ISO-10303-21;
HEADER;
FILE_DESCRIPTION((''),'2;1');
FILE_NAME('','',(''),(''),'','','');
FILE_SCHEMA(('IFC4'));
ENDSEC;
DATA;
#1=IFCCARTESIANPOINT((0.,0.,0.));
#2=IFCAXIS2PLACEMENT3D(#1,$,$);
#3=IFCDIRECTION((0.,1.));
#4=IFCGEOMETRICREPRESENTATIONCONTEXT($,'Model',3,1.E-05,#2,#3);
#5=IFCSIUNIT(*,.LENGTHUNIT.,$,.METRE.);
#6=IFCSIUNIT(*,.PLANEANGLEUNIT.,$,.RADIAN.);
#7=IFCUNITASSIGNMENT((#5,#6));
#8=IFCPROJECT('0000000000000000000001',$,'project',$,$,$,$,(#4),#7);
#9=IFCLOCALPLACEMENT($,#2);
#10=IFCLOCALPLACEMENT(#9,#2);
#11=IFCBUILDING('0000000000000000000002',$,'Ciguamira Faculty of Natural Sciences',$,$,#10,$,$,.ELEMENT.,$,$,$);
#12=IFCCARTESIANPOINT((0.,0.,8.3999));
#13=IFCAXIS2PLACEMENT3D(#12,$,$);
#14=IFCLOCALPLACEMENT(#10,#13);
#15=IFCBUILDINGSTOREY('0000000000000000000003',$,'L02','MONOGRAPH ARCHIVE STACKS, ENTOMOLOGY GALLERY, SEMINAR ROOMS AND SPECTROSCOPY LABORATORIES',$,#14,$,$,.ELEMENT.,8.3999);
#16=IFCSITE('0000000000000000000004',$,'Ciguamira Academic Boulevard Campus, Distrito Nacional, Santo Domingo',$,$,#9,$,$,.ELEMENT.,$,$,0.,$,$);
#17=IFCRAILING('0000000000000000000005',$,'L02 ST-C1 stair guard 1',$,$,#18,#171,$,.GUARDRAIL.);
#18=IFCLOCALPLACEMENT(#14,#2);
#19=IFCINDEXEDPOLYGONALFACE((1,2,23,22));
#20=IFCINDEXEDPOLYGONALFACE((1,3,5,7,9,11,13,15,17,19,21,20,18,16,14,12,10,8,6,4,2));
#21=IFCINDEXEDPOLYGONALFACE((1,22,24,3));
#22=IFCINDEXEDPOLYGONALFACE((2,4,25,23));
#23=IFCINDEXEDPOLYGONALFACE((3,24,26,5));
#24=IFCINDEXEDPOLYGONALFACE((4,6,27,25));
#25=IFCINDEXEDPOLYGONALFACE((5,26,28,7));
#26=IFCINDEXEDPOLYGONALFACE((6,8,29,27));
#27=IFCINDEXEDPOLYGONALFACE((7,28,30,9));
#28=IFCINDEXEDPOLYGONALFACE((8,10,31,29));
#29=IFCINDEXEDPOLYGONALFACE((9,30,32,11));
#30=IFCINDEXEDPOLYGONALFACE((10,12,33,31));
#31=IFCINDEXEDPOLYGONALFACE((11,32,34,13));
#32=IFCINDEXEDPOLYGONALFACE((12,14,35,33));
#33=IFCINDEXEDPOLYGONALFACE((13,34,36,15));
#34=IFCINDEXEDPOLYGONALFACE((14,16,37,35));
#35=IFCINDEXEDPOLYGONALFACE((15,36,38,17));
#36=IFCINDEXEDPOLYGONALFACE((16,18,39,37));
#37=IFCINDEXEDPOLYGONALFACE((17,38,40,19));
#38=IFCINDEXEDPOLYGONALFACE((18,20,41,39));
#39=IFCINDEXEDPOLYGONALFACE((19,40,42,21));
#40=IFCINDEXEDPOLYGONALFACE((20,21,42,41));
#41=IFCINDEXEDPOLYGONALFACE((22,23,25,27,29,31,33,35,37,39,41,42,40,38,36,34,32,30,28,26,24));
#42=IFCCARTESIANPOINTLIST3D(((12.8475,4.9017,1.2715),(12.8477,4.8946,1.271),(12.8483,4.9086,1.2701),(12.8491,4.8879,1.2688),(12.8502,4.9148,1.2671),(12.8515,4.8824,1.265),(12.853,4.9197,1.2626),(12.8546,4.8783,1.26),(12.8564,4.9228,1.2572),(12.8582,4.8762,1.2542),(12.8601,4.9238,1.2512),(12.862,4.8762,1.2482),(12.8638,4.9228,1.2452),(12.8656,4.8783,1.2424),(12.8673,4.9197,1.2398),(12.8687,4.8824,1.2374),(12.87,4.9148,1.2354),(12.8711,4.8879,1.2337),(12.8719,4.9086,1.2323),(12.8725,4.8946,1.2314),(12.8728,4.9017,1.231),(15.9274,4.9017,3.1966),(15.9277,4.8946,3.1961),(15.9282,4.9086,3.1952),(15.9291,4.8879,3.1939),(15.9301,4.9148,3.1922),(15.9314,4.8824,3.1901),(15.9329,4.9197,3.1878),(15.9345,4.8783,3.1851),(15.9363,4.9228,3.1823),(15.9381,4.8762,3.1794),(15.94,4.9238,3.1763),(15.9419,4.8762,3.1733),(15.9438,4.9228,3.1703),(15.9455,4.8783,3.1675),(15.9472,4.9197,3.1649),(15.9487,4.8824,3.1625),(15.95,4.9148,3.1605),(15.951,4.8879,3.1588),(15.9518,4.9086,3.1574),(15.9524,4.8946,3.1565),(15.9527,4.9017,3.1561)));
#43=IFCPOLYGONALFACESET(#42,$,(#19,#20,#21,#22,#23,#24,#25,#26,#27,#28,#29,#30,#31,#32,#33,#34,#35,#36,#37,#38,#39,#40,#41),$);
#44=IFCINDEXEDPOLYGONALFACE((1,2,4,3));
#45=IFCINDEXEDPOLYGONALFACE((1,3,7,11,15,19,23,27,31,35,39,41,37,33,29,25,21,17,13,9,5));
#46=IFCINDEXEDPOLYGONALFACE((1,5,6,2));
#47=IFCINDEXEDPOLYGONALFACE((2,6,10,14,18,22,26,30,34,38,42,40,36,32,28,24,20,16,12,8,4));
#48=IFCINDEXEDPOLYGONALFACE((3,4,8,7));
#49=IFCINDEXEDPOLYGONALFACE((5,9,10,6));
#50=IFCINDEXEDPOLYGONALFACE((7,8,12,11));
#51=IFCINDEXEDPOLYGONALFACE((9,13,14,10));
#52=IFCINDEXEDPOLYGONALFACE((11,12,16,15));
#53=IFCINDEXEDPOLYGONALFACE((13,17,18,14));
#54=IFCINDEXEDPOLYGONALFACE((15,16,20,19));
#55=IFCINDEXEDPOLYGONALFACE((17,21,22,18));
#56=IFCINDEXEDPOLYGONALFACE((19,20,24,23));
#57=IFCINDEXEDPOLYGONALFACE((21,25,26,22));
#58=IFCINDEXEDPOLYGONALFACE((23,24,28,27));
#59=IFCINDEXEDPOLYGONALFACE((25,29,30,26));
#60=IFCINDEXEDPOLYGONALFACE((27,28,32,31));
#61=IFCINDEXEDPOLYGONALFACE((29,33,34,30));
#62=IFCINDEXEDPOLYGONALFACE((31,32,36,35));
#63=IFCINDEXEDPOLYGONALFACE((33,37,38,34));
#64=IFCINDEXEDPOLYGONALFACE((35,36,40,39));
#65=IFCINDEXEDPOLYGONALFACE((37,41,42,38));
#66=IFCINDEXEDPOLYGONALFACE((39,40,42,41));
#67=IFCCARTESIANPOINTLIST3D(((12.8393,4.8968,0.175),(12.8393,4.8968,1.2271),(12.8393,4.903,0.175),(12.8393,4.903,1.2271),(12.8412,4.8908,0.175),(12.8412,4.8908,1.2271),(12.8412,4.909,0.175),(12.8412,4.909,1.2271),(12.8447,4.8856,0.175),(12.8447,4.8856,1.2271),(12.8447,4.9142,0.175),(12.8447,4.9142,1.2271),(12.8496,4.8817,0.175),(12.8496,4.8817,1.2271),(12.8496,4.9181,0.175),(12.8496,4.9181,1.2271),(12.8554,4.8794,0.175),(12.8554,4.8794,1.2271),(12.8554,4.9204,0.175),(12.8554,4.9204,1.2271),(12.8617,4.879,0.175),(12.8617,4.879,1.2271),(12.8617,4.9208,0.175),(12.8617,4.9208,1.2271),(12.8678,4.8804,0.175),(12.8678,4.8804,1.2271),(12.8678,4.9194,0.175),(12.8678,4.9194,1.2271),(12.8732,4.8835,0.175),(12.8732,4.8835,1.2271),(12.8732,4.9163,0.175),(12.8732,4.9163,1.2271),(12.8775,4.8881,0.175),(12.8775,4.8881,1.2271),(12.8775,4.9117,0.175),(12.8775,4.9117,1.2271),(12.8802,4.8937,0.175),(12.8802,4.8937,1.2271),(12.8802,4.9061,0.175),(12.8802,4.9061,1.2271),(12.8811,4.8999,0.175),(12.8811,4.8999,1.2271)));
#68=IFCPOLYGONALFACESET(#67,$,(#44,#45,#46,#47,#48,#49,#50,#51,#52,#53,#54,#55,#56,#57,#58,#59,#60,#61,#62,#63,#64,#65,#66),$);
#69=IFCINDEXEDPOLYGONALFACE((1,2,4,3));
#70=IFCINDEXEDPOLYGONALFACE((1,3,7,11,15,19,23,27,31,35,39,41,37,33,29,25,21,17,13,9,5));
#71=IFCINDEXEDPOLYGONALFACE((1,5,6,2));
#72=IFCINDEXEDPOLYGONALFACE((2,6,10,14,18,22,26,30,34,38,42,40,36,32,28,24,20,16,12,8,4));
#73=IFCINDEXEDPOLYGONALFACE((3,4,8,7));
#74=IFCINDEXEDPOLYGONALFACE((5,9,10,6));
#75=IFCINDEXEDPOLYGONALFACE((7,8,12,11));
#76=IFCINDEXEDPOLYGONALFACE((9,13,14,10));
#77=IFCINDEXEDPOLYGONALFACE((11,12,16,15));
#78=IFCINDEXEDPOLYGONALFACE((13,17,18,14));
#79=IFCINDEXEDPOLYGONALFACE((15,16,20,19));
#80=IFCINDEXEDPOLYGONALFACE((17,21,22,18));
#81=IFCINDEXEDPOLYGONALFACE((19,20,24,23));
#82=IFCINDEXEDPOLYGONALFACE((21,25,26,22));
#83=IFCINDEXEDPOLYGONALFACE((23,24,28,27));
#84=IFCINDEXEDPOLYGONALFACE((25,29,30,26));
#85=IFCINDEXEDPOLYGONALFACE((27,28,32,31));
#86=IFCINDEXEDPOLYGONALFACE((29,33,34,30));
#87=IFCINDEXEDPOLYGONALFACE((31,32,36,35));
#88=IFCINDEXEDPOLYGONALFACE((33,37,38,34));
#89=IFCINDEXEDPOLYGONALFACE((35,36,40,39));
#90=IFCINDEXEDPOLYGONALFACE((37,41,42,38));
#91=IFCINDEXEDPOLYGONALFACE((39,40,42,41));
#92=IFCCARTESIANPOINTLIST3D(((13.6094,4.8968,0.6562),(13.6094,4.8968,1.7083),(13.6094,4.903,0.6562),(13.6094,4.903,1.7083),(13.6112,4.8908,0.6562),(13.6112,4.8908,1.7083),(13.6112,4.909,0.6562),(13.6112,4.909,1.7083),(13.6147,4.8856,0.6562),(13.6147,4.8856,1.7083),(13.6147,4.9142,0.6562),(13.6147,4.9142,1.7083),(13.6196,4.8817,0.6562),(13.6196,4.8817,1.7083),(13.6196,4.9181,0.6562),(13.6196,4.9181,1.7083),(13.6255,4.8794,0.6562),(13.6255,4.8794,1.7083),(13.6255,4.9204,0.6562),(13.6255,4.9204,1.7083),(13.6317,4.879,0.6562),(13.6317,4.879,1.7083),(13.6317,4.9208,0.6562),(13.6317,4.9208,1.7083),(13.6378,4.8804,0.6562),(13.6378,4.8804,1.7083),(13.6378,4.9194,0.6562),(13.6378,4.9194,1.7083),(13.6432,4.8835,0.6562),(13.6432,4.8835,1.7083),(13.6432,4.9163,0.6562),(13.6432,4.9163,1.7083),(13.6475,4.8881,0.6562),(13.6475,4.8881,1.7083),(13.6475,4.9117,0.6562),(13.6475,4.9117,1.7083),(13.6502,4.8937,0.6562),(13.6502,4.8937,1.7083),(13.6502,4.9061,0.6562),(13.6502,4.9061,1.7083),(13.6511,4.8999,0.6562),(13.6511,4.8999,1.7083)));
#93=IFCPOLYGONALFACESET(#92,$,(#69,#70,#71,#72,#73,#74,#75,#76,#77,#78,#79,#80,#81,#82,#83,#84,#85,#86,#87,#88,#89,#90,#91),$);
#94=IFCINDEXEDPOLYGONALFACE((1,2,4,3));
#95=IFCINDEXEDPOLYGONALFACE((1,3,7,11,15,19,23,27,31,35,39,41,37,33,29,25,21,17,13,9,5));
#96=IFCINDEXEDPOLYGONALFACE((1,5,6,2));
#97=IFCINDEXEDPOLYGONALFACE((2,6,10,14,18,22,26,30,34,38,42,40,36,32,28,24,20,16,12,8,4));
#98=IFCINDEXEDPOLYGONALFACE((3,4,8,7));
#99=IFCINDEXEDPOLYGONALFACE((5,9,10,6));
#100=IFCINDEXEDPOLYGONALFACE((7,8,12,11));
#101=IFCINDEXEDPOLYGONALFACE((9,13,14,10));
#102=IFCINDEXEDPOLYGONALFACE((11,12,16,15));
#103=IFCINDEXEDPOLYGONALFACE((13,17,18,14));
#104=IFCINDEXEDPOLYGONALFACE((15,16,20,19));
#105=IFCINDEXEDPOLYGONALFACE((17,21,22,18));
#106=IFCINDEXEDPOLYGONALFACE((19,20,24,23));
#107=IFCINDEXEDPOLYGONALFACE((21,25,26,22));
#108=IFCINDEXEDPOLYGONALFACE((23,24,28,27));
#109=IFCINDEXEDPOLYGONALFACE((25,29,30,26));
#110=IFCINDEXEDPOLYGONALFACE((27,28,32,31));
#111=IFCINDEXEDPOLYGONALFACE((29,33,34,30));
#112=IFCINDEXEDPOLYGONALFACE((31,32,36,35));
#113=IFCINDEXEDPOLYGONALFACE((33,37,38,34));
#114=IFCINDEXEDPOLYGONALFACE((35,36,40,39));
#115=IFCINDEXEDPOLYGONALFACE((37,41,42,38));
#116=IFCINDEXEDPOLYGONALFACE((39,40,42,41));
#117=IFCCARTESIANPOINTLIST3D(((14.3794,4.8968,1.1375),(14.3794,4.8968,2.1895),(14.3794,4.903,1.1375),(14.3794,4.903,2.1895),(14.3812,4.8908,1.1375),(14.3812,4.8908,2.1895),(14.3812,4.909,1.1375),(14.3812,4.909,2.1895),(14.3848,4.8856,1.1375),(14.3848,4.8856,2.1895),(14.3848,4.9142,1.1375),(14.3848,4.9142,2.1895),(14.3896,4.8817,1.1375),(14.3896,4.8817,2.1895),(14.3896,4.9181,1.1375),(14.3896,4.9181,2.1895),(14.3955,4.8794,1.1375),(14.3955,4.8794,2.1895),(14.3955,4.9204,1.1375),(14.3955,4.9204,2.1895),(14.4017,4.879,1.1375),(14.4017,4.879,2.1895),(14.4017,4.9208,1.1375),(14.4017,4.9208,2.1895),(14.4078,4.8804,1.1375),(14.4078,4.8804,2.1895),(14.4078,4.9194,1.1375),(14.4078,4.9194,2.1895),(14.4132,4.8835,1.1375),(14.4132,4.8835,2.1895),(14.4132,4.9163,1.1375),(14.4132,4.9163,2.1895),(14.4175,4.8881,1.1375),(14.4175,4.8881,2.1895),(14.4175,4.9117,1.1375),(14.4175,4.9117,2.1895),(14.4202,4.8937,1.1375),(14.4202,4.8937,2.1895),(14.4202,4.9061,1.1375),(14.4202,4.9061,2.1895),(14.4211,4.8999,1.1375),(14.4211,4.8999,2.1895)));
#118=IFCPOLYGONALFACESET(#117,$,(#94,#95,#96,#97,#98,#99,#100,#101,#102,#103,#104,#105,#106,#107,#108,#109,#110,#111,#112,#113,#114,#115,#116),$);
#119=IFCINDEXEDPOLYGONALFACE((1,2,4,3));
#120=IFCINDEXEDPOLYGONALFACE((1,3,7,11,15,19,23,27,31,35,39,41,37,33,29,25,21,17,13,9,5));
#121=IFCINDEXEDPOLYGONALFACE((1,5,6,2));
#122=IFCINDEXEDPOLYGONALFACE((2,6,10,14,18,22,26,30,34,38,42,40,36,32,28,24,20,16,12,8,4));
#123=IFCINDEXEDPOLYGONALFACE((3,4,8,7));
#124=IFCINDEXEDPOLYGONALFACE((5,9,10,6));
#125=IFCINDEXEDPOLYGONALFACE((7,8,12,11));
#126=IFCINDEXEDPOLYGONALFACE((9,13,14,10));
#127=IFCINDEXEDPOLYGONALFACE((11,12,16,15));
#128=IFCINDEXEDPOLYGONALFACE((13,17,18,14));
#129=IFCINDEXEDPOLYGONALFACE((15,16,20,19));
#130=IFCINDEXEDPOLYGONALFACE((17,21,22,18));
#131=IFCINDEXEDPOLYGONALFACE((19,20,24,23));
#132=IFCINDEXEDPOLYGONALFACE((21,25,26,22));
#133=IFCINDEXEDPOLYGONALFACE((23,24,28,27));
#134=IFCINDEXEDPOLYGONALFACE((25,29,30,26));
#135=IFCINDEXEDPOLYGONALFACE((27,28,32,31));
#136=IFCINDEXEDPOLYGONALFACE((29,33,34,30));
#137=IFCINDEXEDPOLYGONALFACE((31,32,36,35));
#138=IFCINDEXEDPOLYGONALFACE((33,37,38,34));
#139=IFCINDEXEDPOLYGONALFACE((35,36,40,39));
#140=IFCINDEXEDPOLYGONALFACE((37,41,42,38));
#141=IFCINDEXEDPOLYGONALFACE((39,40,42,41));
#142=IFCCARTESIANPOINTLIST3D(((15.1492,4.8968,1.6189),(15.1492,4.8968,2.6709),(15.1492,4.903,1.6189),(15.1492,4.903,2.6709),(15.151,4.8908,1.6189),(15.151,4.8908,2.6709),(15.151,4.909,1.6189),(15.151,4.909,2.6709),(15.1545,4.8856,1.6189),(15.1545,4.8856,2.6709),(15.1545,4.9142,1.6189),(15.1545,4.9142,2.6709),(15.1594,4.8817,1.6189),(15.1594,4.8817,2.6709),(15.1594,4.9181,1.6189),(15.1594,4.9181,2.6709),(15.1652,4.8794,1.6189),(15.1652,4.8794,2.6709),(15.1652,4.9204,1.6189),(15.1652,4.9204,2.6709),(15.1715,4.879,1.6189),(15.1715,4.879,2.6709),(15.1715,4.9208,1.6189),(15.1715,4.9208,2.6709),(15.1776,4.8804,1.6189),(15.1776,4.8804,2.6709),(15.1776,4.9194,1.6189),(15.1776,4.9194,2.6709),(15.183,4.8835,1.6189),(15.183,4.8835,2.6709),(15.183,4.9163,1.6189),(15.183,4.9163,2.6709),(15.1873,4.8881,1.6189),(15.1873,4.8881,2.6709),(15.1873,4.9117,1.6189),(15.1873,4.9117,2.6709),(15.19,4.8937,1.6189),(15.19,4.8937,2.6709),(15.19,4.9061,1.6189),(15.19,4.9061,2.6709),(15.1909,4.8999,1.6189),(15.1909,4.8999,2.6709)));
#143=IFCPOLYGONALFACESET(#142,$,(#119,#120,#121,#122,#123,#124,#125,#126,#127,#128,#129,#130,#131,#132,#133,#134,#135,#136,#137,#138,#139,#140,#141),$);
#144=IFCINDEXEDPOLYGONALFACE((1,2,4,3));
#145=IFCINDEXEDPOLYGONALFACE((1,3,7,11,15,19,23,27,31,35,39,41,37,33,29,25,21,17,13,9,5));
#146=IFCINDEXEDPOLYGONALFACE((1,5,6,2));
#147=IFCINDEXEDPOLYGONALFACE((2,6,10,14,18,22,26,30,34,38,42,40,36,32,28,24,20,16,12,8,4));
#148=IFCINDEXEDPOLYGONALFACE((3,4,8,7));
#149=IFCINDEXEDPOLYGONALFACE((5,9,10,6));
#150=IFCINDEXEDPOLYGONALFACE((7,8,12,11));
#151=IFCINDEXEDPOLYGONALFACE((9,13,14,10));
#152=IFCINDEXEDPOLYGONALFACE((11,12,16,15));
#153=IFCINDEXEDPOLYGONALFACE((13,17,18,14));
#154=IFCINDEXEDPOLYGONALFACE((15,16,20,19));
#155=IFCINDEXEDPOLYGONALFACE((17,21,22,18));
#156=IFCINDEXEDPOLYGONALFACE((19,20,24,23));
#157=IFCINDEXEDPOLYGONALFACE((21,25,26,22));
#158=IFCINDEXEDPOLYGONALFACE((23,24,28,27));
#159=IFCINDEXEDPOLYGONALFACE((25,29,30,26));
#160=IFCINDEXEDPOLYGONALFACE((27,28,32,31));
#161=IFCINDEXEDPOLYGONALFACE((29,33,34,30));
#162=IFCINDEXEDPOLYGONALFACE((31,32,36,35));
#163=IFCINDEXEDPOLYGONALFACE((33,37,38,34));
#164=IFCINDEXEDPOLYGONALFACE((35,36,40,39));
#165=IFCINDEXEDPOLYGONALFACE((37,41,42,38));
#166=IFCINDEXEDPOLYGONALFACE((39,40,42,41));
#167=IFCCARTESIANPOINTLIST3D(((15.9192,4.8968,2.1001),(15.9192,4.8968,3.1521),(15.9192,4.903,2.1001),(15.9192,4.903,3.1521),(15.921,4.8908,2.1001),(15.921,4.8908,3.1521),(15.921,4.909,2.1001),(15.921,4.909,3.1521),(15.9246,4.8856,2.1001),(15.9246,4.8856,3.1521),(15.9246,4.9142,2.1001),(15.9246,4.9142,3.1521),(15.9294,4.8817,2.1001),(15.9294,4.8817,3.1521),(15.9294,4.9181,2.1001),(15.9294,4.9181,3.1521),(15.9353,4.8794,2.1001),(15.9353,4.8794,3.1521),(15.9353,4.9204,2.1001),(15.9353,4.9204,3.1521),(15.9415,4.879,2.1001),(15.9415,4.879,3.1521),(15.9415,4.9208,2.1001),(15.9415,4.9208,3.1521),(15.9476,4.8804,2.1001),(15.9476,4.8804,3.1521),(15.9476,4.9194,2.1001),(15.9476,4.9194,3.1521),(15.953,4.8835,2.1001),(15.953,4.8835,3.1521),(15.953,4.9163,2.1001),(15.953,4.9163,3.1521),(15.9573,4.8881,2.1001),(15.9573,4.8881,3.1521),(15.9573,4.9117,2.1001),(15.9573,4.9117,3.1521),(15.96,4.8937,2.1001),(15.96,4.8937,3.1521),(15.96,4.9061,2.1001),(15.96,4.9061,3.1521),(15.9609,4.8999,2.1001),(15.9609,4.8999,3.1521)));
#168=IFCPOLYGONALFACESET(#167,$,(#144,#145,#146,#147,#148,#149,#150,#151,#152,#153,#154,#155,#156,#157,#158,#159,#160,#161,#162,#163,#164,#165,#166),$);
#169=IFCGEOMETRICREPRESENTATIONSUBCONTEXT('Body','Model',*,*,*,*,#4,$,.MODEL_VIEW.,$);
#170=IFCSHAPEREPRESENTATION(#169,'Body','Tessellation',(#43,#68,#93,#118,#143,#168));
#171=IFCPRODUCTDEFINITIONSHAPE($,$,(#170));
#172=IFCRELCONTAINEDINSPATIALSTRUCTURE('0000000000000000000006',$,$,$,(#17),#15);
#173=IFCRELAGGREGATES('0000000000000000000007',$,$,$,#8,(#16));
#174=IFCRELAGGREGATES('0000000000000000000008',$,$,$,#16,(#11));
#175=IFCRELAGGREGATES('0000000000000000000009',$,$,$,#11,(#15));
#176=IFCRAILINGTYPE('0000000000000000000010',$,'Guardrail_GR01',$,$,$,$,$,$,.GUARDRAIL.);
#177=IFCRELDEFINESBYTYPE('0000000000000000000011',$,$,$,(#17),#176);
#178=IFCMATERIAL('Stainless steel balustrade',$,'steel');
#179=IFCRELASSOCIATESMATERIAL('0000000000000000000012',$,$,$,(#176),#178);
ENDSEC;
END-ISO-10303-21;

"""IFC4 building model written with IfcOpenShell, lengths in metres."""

from ifc_helpers import new_model, si_unit, direction, frame, origin, origin_2d, place, context, subcontext, project, spatial, circle, extrude, material, type_object, element, save


model = new_model("IFC4")

# Units and contexts
model_context = context("Model", 3, precision=1e-05, world=origin(), true_north=direction((0.0, 1.0)))
body_context = subcontext(model_context, "Body", "Model", "MODEL_VIEW")
ifc_project = project(units=[si_unit("LENGTHUNIT", "METRE"), si_unit("PLANEANGLEUNIT", "RADIAN")], contexts=[model_context])

# Site, building, storey
site_placement = place(None, origin())
site = spatial("IfcSite", under=ifc_project, at=site_placement, Name="Ciguamira Academic Boulevard Campus, Distrito Nacional, Santo Domingo", CompositionType="ELEMENT", RefElevation=0.0)
building_placement = place(site_placement, origin())
building = spatial("IfcBuilding", under=site, at=building_placement, Name="Ciguamira Faculty of Natural Sciences", CompositionType="ELEMENT")
storey_placement = place(building_placement, frame((0.0, 0.0, 8.3999)))
storey = spatial("IfcBuildingStorey", under=building, at=storey_placement, Name="L02", Description="MONOGRAPH ARCHIVE STACKS, ENTOMOLOGY GALLERY, SEMINAR ROOMS AND SPECTROSCOPY LABORATORIES", CompositionType="ELEMENT", Elevation=8.3999)

# Railing
ifc_material_1 = material(Name="Stainless steel balustrade", Category="steel")
railing_type = type_object("IfcRailingType", Name="Guardrail_GR01", PredefinedType="GUARDRAIL", material=ifc_material_1)
railing_1_placement = place(storey_placement, frame((12.8601, 4.8999, 0.175)))
element("IfcRailing", 1, at=railing_1_placement, inside=storey, type_object=railing_type, Name="L02 ST-C1 stair guard 1", PredefinedType="GUARDRAIL", context=body_context, shape_type="SweptSolid", body=[
    extrude(circle(Radius=0.0239, at=origin_2d()), frame((0.0, 0.0, 1.0762), z_axis=(0.847979, 0.0, 0.530029), x_axis=(0.0, 1.0, 0.0)), (0.0, 0.0, 1.0), 3.6321),
    extrude(circle(Radius=0.021, at=origin_2d()), origin(), (0.0, 0.0, 1.0), 1.052),
    extrude(circle(Radius=0.021, at=origin_2d()), frame((0.77, 0.0, 0.4812)), (0.0, 0.0, 1.0), 1.052),
    extrude(circle(Radius=0.021, at=origin_2d()), frame((1.54, 0.0, 0.9624)), (0.0, 0.0, 1.0), 1.052),
    extrude(circle(Radius=0.021, at=origin_2d()), frame((2.3098, 0.0, 1.4438)), (0.0, 0.0, 1.0), 1.052),
    extrude(circle(Radius=0.021, at=origin_2d()), frame((3.0798, 0.0, 1.925)), (0.0, 0.0, 1.0), 1.052),
])

save(model, "model.ifc")
